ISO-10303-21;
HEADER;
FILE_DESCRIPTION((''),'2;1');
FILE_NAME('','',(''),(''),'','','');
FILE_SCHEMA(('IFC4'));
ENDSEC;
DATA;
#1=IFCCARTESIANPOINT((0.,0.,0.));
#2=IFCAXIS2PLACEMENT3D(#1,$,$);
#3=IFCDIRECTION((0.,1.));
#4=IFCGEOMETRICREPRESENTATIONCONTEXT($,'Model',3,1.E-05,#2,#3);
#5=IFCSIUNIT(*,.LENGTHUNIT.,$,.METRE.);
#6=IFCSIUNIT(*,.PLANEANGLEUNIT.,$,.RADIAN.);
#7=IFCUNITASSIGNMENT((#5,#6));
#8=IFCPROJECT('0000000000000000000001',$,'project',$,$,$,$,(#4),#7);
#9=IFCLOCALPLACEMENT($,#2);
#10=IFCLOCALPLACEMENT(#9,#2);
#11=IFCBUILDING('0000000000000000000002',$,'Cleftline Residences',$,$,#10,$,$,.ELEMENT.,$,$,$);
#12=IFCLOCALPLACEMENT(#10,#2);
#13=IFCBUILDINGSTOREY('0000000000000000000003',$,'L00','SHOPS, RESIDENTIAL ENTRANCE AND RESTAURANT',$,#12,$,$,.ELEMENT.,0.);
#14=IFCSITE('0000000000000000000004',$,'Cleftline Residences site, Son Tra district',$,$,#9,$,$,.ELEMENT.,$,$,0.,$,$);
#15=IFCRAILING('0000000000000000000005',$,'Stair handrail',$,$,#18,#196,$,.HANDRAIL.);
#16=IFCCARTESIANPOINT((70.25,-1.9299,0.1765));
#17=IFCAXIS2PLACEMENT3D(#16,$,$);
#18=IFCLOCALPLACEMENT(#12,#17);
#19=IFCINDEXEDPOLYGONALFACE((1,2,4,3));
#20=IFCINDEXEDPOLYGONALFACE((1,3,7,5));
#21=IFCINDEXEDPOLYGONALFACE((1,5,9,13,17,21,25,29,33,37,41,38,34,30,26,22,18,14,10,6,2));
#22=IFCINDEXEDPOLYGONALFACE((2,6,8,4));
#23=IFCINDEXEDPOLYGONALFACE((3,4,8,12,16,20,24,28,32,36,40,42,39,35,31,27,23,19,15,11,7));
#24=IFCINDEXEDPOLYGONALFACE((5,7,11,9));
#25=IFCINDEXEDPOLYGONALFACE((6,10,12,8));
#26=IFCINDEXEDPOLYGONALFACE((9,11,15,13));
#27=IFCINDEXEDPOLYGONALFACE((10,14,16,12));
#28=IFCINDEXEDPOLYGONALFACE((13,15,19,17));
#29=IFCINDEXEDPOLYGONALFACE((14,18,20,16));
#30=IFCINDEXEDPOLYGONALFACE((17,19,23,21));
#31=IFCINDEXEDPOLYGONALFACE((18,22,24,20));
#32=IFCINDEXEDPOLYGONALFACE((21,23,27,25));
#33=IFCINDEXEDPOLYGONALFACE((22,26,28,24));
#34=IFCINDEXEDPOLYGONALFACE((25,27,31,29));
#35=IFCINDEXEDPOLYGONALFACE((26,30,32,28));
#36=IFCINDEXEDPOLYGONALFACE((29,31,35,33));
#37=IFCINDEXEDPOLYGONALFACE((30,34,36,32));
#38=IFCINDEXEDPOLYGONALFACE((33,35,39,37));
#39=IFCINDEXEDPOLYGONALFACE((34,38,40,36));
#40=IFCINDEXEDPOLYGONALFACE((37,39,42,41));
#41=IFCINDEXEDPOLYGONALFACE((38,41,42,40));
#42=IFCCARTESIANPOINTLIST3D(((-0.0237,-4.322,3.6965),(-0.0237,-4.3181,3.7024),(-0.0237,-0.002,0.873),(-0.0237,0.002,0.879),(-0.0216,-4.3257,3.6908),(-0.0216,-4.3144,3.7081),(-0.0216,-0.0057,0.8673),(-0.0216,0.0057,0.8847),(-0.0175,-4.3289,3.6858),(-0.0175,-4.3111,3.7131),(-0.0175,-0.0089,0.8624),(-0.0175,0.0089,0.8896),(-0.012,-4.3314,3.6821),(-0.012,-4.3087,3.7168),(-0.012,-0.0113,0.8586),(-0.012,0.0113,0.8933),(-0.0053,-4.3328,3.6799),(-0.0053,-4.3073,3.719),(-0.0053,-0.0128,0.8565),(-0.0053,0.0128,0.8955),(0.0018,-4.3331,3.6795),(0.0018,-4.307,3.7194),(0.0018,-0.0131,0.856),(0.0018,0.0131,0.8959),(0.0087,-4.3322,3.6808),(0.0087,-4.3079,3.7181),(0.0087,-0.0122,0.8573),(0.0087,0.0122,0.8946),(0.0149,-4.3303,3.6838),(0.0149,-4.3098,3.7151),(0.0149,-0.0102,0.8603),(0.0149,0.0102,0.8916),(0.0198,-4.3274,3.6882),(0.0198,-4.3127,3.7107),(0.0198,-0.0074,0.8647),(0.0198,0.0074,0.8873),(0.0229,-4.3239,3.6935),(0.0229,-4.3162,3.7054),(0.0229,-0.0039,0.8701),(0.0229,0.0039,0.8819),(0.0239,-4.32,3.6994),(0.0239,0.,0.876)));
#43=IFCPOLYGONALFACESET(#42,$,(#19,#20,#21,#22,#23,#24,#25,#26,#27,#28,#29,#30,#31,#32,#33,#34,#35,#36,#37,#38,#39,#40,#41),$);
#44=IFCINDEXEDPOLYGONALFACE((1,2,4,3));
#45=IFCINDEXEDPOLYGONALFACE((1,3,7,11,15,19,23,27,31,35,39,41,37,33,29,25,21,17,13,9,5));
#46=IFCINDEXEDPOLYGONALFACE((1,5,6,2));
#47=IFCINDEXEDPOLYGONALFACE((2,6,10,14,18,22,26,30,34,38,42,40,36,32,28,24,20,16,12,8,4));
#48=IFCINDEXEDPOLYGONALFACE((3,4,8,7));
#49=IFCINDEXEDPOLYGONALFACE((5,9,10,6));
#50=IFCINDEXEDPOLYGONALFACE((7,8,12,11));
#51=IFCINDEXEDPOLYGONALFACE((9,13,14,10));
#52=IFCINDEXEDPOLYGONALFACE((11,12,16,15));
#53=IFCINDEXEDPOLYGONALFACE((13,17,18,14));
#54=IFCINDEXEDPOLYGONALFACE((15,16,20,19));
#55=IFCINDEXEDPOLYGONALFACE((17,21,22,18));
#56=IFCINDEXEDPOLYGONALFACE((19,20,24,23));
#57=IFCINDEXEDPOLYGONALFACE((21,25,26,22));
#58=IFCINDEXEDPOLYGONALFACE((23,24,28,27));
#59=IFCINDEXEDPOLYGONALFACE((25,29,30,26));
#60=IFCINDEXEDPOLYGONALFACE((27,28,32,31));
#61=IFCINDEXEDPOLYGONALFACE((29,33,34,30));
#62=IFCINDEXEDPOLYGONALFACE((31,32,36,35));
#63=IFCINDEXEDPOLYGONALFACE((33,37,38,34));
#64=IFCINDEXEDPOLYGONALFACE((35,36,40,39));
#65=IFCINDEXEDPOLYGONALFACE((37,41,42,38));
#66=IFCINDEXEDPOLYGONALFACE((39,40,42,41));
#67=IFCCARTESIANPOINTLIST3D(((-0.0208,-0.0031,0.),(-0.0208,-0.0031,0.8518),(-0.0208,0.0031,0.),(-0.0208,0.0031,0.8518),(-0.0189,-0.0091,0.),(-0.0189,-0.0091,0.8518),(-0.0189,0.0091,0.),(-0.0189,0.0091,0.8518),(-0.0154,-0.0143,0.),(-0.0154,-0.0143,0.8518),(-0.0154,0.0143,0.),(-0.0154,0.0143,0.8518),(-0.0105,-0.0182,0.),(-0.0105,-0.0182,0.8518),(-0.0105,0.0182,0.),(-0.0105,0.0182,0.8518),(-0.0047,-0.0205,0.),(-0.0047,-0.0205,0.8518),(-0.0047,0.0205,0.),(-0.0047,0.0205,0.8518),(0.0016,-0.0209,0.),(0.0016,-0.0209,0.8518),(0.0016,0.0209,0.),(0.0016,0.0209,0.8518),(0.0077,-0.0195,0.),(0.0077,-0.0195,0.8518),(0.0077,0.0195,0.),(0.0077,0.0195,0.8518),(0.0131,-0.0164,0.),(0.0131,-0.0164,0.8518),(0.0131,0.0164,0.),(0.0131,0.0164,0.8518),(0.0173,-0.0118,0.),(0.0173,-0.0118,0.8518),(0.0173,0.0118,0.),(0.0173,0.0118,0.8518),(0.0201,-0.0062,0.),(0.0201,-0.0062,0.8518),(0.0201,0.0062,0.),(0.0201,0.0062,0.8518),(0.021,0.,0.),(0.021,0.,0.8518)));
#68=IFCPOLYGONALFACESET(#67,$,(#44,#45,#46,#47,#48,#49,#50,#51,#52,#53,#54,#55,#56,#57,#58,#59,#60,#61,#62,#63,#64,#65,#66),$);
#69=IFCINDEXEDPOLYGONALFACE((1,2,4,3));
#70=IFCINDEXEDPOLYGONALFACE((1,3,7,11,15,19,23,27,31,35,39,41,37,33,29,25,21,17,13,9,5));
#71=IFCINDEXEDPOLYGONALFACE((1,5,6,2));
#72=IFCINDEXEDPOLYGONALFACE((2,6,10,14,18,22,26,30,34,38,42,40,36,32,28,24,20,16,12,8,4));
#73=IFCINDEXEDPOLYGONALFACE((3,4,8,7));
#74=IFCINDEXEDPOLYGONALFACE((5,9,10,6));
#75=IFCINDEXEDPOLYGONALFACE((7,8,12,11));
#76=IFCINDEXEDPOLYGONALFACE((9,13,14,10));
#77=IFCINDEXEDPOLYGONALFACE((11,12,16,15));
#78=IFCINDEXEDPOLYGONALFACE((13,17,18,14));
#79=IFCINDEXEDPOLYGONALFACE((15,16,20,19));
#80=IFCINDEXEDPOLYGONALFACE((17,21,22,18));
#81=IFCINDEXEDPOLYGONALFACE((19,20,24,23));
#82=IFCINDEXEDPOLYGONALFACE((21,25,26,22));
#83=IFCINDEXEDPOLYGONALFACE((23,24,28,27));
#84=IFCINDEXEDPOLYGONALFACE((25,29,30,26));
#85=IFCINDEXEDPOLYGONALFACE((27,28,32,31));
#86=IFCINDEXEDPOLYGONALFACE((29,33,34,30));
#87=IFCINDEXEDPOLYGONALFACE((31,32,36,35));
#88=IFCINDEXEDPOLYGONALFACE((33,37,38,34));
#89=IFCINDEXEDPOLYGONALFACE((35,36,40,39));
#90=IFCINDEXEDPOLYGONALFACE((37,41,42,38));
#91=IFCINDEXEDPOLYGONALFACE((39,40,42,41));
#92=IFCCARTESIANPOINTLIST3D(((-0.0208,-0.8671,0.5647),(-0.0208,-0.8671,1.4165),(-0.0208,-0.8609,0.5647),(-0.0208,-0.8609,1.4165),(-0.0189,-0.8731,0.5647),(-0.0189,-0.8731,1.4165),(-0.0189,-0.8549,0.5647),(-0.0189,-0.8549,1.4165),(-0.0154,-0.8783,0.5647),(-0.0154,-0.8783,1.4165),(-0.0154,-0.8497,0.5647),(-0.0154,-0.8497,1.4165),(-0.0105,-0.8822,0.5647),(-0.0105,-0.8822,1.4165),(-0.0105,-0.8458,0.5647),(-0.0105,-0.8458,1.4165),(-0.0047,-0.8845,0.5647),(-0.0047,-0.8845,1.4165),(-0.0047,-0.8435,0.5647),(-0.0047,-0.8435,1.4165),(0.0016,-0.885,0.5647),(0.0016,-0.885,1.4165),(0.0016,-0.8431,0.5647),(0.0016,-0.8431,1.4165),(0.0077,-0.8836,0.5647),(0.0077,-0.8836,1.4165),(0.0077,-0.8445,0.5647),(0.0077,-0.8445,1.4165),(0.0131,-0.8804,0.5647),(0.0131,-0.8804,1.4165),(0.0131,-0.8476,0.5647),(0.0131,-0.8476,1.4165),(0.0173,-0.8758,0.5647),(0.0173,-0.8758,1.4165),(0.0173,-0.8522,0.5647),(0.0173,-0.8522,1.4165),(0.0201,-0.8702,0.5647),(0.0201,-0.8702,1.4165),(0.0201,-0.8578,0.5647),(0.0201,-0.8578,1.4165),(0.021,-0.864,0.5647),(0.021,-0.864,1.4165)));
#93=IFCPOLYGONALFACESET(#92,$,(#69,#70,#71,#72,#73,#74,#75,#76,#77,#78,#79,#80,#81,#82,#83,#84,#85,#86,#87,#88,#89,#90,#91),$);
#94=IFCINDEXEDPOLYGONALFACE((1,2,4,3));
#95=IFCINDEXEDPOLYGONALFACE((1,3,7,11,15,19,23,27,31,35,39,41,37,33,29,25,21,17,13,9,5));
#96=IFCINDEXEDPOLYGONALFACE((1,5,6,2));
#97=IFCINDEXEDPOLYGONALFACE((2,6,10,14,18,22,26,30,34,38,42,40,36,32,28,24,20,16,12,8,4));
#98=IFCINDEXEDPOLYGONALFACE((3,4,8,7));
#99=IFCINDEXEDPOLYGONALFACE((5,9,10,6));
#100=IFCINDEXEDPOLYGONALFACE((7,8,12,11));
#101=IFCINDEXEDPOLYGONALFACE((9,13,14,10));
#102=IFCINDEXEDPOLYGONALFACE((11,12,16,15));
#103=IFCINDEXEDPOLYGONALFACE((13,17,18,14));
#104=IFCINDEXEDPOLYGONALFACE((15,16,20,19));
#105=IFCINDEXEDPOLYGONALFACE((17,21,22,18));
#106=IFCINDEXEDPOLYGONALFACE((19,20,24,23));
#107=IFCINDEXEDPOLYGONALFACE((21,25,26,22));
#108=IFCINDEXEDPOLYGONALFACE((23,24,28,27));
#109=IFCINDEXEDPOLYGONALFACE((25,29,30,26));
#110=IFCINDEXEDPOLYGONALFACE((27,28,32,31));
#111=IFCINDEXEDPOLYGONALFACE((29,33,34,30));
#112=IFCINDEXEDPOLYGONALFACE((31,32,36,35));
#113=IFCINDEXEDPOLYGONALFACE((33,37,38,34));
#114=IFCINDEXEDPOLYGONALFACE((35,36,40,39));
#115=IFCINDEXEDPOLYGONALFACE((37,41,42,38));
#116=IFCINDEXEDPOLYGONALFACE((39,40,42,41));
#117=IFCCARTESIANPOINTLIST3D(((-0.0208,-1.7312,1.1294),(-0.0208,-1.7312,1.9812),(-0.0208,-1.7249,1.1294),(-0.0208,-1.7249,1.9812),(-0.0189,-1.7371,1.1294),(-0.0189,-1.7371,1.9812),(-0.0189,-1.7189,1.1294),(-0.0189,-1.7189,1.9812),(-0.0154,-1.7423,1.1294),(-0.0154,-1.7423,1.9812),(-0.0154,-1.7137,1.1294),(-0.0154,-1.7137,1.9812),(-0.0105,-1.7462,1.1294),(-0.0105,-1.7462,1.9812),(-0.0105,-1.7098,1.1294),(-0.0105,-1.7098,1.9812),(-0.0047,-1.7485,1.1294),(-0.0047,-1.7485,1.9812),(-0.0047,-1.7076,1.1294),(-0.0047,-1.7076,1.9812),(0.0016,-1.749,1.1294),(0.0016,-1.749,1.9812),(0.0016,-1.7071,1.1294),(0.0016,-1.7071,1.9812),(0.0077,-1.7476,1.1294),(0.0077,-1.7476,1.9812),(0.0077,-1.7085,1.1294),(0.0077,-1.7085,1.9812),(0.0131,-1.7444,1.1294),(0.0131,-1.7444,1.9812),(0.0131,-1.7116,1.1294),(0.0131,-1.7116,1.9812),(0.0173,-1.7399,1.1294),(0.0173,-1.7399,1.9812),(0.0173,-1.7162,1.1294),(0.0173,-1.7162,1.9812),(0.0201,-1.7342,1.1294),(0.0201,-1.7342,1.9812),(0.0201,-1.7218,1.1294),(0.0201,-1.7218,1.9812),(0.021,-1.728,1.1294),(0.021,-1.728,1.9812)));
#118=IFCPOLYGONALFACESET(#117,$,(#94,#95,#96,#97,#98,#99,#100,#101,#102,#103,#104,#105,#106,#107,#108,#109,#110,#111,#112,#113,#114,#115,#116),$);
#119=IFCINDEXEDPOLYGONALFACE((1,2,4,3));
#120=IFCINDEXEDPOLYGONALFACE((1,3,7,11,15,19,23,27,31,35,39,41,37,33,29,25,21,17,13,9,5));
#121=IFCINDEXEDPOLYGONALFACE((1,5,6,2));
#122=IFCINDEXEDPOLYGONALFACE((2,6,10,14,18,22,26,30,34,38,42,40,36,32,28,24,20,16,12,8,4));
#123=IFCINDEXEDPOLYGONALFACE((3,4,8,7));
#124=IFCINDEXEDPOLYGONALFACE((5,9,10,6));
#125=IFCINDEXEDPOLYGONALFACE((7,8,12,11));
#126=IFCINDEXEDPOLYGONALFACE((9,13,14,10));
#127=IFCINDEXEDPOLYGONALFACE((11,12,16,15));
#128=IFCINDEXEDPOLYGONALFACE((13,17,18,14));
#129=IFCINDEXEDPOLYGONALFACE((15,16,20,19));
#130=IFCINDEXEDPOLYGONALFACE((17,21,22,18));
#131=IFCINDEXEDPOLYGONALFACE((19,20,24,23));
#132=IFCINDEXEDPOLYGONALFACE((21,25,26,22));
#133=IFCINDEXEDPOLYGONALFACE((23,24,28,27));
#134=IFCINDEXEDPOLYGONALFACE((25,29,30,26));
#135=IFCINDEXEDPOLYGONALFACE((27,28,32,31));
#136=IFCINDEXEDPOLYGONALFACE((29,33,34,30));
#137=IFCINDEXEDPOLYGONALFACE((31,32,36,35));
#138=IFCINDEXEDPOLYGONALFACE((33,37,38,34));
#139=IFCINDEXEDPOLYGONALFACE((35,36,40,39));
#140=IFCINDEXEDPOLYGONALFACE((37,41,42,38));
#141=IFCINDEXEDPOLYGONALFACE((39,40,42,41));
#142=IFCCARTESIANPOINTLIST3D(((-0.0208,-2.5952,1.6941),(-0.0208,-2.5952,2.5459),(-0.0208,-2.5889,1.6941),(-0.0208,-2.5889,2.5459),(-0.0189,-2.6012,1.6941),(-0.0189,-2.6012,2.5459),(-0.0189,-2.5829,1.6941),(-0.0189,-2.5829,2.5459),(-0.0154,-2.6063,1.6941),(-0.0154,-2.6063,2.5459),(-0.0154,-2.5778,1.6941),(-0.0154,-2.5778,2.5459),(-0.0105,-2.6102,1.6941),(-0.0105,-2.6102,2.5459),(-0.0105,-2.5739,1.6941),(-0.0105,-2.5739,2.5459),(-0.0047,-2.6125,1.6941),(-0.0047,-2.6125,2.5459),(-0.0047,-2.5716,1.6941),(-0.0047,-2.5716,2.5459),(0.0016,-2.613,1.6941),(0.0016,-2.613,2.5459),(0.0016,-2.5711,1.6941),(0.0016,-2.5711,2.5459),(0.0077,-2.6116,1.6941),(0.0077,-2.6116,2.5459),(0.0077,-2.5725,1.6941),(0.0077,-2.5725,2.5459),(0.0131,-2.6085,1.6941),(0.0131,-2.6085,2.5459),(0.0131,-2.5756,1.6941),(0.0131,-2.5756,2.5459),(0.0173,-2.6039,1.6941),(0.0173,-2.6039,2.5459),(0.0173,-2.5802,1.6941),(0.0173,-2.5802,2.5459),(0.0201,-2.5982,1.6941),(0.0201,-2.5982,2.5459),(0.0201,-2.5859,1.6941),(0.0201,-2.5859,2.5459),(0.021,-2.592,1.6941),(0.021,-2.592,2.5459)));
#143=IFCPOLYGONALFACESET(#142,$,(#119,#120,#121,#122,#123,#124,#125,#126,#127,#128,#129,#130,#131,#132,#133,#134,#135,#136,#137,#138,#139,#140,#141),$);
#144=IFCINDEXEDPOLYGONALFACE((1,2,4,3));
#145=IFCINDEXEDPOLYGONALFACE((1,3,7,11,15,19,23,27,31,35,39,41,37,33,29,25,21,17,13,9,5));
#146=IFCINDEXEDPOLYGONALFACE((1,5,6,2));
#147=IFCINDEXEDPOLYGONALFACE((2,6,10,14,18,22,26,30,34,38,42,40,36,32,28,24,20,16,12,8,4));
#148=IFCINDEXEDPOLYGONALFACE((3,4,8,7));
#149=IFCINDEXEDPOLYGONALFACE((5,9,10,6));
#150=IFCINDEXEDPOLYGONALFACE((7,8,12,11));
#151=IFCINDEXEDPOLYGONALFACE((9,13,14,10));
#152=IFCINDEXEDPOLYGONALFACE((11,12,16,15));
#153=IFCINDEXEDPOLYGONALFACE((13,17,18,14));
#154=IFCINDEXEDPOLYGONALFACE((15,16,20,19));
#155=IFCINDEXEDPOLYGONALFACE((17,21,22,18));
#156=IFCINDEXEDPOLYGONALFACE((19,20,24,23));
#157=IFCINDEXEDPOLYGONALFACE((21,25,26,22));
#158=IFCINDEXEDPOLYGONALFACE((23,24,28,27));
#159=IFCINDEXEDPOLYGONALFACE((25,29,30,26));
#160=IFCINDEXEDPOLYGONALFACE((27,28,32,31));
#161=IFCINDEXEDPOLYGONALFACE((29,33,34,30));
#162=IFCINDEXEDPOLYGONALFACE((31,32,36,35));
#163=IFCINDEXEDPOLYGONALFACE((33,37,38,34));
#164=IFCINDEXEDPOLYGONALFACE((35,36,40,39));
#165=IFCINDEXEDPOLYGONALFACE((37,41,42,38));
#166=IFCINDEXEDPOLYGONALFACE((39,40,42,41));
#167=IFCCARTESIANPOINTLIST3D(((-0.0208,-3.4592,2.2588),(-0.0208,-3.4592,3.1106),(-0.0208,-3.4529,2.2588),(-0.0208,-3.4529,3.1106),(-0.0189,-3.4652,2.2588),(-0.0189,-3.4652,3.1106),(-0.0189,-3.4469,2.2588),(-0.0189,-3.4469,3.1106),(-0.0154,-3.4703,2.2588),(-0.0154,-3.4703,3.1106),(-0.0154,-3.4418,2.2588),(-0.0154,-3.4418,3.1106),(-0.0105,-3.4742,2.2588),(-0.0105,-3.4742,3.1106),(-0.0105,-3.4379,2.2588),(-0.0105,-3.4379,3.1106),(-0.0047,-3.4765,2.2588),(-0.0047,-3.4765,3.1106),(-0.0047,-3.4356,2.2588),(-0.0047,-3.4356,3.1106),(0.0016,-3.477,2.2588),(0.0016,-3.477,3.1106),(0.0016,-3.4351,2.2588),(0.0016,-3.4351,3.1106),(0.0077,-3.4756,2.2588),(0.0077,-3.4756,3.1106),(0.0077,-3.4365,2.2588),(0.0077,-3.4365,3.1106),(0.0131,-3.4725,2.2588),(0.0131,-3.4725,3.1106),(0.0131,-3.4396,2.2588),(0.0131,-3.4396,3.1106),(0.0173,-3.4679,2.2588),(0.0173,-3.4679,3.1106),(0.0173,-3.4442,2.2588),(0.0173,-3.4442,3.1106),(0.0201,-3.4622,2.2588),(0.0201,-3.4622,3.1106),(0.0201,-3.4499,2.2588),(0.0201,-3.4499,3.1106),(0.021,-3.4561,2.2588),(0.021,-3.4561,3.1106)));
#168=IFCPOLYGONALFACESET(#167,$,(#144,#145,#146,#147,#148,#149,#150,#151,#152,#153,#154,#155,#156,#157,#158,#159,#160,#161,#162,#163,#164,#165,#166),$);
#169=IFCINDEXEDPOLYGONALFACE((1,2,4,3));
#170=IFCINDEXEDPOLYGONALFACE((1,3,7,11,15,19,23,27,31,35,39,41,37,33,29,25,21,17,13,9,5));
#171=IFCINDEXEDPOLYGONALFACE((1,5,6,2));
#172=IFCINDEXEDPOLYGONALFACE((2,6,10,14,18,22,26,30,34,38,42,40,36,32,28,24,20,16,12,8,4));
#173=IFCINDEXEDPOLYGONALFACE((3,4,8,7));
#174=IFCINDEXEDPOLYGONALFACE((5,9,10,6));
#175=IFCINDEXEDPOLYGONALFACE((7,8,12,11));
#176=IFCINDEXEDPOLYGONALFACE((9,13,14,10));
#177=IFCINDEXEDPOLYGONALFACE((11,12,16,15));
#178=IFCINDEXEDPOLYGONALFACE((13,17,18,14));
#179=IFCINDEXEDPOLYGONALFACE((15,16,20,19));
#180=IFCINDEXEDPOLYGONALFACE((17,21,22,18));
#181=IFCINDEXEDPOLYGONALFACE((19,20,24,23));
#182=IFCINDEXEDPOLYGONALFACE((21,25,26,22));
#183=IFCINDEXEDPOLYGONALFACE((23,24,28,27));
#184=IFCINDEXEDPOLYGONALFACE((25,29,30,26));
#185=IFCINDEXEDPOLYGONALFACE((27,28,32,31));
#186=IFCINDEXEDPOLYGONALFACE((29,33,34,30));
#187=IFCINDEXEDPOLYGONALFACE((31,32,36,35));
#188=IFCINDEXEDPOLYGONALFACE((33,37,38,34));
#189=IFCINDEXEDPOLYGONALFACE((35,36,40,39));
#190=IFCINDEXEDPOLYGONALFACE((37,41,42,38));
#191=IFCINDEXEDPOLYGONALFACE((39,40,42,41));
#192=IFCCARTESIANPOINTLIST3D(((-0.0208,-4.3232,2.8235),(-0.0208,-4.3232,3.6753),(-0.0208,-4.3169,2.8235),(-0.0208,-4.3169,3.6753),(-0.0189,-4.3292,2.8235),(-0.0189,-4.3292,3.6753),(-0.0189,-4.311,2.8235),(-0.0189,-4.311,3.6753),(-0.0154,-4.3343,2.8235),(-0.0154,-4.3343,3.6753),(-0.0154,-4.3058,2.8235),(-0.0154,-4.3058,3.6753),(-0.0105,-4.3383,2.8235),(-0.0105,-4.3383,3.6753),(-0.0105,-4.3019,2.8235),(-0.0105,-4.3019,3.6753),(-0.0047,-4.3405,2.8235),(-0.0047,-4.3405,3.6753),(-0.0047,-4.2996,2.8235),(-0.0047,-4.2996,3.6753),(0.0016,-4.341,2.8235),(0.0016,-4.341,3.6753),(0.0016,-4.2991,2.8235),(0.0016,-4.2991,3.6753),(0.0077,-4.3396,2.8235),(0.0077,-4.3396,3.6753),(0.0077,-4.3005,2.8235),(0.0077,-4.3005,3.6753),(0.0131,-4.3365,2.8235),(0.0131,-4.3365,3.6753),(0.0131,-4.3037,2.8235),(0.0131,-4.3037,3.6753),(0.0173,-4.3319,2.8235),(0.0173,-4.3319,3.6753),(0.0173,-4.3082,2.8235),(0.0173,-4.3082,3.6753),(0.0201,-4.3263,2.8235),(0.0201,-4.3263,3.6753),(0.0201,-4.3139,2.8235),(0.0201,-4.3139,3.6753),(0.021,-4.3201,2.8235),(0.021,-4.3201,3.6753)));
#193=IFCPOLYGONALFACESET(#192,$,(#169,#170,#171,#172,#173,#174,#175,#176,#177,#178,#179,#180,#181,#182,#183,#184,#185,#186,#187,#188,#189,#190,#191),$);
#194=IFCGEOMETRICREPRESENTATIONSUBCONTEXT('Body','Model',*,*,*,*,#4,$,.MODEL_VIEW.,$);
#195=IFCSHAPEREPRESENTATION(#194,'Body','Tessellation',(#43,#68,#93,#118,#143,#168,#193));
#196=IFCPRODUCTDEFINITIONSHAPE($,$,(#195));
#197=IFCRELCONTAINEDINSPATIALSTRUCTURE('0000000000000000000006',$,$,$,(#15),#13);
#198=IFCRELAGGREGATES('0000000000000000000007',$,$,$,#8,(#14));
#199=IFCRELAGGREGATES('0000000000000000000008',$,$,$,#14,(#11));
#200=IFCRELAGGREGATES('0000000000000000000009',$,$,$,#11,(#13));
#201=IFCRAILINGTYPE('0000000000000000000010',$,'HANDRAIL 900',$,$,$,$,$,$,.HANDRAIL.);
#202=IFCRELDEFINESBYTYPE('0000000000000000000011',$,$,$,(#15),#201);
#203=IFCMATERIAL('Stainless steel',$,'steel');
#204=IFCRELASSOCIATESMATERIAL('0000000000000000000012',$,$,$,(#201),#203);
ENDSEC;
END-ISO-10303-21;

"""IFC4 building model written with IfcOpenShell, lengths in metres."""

from ifc_helpers import new_model, si_unit, direction, frame, origin, origin_2d, place, context, subcontext, project, spatial, circle, extrude, material, type_object, element, save


model = new_model("IFC4")

# Units and contexts
model_context = context("Model", 3, precision=1e-05, world=origin(), true_north=direction((0.0, 1.0)))
body_context = subcontext(model_context, "Body", "Model", "MODEL_VIEW")
ifc_project = project(units=[si_unit("LENGTHUNIT", "METRE"), si_unit("PLANEANGLEUNIT", "RADIAN")], contexts=[model_context])

# Site, building, storey
site_placement = place(None, origin())
site = spatial("IfcSite", under=ifc_project, at=site_placement, Name="Cleftline Residences site, Son Tra district", CompositionType="ELEMENT", RefElevation=0.0)
building_placement = place(site_placement, origin())
building = spatial("IfcBuilding", under=site, at=building_placement, Name="Cleftline Residences", CompositionType="ELEMENT")
storey_placement = place(building_placement, origin())
storey = spatial("IfcBuildingStorey", under=building, at=storey_placement, Name="L00", Description="SHOPS, RESIDENTIAL ENTRANCE AND RESTAURANT", CompositionType="ELEMENT", Elevation=0.0)

# Railing
ifc_material_1 = material(Name="Stainless steel", Category="steel")
railing_type = type_object("IfcRailingType", Name="HANDRAIL 900", PredefinedType="HANDRAIL", material=ifc_material_1)
railing_1_placement = place(storey_placement, frame((70.25, -1.9299, 0.1765)))
element("IfcRailing", 1, at=railing_1_placement, inside=storey, type_object=railing_type, Name="Stair handrail", PredefinedType="HANDRAIL", context=body_context, shape_type="SweptSolid", body=[
    extrude(circle(Radius=0.0239, at=origin_2d()), frame((0.0, 0.0, 0.876), z_axis=(0.0, -0.837074, 0.54709), x_axis=(1.0, 0.0, 0.0)), (0.0, 0.0, 1.0), 5.1609),
    extrude(circle(Radius=0.021, at=origin_2d()), origin(), (0.0, 0.0, 1.0), 0.8518),
    extrude(circle(Radius=0.021, at=origin_2d()), frame((0.0, -0.864, 0.5647)), (0.0, 0.0, 1.0), 0.8518),
    extrude(circle(Radius=0.021, at=origin_2d()), frame((0.0, -1.728, 1.1294)), (0.0, 0.0, 1.0), 0.8518),
    extrude(circle(Radius=0.021, at=origin_2d()), frame((0.0, -2.592, 1.6941)), (0.0, 0.0, 1.0), 0.8518),
    extrude(circle(Radius=0.021, at=origin_2d()), frame((0.0, -3.4561, 2.2588)), (0.0, 0.0, 1.0), 0.8518),
    extrude(circle(Radius=0.021, at=origin_2d()), frame((0.0, -4.3201, 2.8235)), (0.0, 0.0, 1.0), 0.8518),
])

save(model, "model.ifc")
